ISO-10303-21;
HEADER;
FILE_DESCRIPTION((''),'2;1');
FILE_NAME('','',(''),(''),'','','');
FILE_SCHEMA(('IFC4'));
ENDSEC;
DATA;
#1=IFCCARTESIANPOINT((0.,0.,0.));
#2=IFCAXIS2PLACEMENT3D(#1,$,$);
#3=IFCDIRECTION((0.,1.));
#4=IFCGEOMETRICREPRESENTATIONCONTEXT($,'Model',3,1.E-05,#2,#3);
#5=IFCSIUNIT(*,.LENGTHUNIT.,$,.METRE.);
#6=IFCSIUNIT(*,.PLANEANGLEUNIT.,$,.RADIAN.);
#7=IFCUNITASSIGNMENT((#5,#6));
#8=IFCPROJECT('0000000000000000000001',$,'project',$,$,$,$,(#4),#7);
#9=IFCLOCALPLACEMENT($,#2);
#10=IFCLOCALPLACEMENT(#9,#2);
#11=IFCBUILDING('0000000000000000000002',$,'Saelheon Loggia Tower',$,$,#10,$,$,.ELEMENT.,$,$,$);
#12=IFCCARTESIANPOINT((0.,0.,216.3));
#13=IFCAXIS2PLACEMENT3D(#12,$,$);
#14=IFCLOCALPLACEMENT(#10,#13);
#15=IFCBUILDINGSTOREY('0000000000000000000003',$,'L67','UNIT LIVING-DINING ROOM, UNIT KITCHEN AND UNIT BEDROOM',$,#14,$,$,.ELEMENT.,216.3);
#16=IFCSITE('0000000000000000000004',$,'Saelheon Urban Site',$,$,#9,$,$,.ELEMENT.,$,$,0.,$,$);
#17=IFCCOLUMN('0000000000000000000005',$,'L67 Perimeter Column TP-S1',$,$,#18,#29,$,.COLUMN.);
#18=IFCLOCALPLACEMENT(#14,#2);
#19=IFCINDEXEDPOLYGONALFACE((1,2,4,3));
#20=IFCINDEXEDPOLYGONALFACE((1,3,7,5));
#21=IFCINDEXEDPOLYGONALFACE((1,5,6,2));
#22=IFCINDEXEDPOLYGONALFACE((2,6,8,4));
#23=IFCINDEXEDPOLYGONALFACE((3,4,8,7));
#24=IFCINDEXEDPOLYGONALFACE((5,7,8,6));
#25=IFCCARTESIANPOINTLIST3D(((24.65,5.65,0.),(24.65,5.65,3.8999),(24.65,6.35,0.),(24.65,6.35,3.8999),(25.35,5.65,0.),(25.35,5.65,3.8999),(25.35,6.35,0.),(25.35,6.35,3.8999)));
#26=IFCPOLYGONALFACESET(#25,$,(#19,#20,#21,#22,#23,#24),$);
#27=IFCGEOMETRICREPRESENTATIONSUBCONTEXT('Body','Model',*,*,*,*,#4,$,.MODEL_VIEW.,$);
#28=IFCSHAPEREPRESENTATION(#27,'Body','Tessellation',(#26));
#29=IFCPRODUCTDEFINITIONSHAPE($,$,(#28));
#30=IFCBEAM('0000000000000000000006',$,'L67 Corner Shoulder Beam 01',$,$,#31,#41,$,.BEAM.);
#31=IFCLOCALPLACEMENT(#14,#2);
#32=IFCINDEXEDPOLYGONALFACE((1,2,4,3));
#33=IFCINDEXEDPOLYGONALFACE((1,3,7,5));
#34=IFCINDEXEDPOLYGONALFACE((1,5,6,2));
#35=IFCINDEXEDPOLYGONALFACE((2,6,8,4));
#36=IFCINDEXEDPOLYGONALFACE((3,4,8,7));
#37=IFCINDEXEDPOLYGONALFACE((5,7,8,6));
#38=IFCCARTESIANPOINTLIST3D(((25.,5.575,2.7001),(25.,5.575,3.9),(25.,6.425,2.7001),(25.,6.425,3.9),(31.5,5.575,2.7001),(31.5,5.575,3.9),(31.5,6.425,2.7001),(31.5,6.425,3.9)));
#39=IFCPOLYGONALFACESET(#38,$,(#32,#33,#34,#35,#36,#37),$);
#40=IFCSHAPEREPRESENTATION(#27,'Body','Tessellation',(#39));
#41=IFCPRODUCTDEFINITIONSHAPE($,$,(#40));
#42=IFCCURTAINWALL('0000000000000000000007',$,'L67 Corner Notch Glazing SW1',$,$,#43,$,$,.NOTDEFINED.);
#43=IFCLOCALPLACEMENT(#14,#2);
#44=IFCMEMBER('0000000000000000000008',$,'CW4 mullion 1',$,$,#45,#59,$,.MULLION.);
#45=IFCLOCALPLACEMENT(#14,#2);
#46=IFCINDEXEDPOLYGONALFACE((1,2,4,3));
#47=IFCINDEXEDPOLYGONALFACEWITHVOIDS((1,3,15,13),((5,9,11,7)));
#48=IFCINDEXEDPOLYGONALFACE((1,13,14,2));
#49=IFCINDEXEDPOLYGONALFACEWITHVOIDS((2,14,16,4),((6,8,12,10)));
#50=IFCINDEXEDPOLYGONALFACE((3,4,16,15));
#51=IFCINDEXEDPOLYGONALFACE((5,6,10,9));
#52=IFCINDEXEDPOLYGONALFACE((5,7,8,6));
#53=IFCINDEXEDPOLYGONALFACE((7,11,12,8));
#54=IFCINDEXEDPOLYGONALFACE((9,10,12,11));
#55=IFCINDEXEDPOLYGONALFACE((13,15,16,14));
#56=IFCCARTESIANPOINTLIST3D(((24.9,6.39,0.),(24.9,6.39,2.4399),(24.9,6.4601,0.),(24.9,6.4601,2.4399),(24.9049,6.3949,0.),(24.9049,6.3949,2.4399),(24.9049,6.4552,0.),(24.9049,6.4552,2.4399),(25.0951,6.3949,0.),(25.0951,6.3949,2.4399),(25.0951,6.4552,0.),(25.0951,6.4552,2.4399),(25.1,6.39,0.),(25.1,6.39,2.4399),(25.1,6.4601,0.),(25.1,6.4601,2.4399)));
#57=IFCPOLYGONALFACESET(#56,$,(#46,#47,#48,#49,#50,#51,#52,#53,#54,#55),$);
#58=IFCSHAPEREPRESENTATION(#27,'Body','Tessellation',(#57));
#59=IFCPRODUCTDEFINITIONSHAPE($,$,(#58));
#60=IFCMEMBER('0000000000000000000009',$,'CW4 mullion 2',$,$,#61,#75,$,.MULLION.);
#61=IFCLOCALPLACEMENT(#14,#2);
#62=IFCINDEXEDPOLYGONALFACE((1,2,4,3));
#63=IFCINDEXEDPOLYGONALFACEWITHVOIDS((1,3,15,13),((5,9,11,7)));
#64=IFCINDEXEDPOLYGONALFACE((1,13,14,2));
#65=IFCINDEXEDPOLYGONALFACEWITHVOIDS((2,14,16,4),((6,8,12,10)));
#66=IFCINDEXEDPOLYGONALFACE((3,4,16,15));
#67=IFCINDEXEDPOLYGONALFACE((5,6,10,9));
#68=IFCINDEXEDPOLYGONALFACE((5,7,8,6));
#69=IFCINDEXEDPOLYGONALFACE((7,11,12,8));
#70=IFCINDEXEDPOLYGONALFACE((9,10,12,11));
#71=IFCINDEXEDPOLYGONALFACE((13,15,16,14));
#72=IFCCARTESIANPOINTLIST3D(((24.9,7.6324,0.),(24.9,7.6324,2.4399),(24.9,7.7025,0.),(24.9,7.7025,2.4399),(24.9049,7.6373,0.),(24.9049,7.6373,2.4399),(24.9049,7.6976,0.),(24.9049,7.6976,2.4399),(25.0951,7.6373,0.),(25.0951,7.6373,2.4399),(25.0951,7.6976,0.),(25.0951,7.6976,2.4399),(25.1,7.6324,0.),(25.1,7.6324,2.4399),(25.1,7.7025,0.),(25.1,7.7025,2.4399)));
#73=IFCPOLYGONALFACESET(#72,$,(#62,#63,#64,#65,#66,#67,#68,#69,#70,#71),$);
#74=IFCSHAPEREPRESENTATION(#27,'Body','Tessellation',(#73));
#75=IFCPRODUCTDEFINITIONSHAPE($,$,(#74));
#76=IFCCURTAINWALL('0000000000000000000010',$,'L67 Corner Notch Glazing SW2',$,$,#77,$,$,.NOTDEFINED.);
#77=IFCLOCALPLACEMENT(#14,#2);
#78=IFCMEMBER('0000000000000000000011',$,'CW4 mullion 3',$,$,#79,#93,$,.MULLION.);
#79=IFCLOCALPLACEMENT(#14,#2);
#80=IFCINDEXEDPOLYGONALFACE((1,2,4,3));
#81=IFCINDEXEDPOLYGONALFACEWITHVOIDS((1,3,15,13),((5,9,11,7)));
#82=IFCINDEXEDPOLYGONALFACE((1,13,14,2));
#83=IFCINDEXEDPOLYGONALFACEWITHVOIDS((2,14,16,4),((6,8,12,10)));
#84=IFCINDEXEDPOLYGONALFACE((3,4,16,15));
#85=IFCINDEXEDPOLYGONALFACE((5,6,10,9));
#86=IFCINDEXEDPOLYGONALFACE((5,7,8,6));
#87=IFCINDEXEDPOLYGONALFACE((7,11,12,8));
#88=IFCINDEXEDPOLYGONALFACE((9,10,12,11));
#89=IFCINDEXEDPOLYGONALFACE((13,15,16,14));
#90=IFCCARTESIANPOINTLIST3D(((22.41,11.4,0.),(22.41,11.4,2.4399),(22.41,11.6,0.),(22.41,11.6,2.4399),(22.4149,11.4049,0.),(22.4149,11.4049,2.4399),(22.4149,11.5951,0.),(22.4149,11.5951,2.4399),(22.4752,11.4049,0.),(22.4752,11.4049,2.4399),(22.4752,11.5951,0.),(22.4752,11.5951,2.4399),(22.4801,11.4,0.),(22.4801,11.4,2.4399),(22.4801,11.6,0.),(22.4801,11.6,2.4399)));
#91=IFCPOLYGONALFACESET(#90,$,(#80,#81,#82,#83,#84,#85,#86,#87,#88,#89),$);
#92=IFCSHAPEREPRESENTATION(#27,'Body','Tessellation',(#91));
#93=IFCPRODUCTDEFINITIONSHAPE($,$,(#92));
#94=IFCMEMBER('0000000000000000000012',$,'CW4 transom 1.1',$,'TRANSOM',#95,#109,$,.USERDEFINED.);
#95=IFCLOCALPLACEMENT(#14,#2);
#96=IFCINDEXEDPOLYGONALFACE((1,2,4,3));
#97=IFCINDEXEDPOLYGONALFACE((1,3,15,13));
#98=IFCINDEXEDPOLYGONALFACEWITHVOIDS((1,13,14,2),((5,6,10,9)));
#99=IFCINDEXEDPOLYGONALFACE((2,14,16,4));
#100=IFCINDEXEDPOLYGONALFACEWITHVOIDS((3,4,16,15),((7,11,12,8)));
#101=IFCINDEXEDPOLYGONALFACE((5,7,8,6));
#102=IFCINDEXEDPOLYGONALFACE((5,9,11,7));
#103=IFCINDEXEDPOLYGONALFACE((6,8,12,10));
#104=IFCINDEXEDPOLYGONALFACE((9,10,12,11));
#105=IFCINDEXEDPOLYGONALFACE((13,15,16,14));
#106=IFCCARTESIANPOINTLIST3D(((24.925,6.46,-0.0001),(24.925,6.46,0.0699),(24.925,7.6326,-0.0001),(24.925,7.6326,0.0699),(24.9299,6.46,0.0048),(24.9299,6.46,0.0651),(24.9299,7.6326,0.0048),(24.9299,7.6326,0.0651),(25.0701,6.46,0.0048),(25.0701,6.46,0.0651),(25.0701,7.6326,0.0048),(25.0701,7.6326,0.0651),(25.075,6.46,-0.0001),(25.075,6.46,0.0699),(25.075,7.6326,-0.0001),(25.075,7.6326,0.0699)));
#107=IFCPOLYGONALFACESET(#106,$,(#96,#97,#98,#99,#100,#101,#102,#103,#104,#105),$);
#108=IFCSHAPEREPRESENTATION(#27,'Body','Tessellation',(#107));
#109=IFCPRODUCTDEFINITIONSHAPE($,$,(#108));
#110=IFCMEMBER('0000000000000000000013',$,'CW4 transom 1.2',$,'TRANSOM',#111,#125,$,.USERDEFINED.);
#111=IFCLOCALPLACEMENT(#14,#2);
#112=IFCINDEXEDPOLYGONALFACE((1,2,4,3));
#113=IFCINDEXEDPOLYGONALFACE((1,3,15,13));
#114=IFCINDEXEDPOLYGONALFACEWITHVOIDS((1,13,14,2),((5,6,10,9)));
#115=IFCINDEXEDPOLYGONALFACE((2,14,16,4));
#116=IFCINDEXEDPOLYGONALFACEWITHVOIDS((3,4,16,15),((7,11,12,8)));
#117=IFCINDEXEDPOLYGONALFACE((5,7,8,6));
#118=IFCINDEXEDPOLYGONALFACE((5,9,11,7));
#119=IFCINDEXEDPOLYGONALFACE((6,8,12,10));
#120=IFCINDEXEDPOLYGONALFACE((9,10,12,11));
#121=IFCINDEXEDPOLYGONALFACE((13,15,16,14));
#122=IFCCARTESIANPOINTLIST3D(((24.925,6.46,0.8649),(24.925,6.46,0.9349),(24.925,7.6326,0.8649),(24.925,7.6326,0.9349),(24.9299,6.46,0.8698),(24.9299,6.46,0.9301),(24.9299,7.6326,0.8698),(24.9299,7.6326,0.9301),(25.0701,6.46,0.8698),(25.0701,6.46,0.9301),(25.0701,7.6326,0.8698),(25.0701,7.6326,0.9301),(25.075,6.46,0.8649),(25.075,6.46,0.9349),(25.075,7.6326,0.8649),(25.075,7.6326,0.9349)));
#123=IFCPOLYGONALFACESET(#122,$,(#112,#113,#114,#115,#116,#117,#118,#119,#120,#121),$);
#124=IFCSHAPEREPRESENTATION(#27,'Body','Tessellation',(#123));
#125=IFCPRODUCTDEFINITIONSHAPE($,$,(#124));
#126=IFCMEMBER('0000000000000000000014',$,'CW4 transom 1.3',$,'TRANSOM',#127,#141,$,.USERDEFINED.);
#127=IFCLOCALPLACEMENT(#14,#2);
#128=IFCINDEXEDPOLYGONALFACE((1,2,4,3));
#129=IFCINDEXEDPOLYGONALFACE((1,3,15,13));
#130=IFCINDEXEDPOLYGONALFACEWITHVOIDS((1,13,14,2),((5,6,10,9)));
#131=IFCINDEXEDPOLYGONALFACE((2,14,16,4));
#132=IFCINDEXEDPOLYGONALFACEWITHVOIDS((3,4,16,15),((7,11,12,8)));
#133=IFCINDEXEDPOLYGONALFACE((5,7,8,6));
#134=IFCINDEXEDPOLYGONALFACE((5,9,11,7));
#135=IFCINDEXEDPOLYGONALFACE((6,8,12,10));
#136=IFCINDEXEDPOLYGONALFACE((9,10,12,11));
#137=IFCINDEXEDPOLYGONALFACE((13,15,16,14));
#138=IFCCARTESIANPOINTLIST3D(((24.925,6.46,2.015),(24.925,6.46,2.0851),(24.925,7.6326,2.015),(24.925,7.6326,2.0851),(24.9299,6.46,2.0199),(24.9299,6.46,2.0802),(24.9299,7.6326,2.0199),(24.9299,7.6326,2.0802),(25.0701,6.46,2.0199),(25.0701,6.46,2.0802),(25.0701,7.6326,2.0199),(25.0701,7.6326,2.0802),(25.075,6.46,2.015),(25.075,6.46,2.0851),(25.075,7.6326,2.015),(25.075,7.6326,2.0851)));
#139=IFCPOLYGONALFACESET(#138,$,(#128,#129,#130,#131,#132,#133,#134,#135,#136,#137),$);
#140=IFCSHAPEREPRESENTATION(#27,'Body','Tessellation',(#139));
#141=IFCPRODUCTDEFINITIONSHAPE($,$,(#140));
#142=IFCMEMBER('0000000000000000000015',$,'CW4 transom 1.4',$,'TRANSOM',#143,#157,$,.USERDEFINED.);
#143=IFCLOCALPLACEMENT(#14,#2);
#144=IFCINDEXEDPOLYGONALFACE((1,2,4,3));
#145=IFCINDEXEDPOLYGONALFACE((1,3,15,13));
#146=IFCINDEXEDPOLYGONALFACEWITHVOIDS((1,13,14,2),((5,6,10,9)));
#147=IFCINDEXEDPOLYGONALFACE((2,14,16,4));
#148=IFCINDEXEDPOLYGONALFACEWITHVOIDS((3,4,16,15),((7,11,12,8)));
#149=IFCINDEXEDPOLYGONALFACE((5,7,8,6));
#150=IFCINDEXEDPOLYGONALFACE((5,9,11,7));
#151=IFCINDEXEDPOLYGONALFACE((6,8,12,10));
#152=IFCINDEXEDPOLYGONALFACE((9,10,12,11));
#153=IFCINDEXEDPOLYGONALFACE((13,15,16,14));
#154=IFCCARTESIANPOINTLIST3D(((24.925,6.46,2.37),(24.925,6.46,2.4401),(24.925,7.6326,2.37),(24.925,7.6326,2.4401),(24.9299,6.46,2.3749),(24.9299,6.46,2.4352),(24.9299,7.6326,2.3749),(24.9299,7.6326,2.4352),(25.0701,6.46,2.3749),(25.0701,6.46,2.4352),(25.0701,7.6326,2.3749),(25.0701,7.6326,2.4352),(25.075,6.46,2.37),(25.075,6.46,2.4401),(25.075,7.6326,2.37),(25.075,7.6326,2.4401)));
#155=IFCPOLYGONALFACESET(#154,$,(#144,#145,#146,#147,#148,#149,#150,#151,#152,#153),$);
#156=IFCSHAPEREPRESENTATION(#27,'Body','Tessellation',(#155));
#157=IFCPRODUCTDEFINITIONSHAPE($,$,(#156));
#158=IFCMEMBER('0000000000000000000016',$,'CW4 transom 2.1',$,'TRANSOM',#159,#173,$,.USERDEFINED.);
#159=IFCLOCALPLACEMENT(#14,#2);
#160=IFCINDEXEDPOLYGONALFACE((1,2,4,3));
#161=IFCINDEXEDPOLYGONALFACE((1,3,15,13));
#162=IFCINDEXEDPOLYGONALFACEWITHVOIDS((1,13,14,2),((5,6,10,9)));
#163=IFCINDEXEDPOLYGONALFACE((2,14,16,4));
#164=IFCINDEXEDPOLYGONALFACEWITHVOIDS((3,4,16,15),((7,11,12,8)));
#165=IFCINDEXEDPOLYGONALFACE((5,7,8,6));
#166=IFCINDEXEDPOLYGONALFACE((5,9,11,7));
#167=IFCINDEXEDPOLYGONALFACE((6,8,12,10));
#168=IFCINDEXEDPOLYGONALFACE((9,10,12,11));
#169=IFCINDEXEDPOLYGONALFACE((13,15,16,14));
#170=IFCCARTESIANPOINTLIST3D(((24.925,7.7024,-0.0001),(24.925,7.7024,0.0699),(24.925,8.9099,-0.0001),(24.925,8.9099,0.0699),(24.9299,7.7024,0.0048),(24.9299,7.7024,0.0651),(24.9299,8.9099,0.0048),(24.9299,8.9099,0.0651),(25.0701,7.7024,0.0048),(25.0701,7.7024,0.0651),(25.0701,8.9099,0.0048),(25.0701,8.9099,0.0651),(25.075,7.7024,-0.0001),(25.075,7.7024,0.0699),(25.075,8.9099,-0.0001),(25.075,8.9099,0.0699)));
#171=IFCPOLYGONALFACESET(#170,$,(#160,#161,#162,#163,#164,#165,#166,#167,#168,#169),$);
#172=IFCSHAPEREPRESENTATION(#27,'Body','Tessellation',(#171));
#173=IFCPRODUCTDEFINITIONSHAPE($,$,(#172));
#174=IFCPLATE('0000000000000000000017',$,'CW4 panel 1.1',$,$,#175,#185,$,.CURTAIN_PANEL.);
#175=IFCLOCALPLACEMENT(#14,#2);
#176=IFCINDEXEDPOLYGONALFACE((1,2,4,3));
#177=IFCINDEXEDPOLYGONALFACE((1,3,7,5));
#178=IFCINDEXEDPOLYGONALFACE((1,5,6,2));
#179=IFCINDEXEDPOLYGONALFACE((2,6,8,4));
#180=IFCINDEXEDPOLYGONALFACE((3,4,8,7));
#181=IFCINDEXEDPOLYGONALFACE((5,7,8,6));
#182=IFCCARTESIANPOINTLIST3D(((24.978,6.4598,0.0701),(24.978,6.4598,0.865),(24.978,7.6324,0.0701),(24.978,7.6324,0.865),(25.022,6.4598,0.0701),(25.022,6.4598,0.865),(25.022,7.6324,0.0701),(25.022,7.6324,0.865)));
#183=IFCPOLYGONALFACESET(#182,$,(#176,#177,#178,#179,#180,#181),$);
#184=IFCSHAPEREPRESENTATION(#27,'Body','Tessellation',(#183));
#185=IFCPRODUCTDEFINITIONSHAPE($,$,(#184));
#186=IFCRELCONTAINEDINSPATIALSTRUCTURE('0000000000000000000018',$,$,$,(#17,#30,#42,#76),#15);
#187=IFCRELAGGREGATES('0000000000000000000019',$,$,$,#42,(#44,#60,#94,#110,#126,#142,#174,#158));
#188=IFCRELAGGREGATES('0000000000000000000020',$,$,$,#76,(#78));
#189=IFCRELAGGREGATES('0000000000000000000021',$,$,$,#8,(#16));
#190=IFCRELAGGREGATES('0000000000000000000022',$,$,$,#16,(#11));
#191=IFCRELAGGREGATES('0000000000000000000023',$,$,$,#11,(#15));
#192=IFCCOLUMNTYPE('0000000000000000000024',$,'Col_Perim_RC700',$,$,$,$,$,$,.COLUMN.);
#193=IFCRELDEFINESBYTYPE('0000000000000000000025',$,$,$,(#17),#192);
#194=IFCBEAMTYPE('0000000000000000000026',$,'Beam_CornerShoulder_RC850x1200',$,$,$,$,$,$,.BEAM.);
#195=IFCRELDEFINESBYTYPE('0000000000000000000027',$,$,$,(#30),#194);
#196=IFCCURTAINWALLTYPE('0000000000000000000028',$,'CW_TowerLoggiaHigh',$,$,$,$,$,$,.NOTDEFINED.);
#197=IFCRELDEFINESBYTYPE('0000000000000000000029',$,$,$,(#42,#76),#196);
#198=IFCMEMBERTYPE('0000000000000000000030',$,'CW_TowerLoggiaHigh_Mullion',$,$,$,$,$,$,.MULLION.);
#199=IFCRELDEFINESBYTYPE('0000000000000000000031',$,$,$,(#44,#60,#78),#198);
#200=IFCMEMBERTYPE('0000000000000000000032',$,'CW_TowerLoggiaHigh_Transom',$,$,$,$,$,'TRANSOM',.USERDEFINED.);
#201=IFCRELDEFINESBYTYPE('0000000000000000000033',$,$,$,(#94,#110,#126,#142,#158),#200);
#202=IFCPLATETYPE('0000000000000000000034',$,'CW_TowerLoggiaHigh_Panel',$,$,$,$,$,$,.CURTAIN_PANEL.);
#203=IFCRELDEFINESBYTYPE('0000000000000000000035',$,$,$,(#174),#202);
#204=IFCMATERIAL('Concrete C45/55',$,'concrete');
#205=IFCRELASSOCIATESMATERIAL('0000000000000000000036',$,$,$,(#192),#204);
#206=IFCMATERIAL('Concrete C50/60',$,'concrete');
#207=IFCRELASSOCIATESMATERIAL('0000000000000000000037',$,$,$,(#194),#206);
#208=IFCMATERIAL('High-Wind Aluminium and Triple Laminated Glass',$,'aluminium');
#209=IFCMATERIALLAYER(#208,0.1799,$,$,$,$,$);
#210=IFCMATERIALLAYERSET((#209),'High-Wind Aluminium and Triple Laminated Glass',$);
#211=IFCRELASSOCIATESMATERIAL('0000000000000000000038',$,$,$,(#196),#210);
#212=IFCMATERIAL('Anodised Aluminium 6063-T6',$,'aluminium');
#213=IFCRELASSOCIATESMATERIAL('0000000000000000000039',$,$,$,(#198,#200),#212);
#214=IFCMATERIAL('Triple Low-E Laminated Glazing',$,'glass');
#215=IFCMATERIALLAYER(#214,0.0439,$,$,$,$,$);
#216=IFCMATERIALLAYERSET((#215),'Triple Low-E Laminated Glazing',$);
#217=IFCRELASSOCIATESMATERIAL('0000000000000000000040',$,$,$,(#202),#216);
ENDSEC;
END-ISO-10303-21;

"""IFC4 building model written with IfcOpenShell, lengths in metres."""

from ifc_helpers import new_model, si_unit, direction, frame, origin, origin_2d, place, context, subcontext, project, spatial, rectangle, hollow_rectangle, extrude, source, transform, mapped, material, layer, layer_set, material_profile, profile_set, type_object, element, aggregate, save


model = new_model("IFC4")

# Units and contexts
model_context = context("Model", 3, precision=1e-05, world=origin(), true_north=direction((0.0, 1.0)))
body_context = subcontext(model_context, "Body", "Model", "MODEL_VIEW")
ifc_project = project(units=[si_unit("LENGTHUNIT", "METRE"), si_unit("PLANEANGLEUNIT", "RADIAN")], contexts=[model_context])

# Site, building, storey
site_placement = place(None, origin())
site = spatial("IfcSite", under=ifc_project, at=site_placement, Name="Saelheon Urban Site", CompositionType="ELEMENT", RefElevation=0.0)
building_placement = place(site_placement, origin())
building = spatial("IfcBuilding", under=site, at=building_placement, Name="Saelheon Loggia Tower", CompositionType="ELEMENT")
storey_placement = place(building_placement, frame((0.0, 0.0, 216.3)))
storey = spatial("IfcBuildingStorey", under=building, at=storey_placement, Name="L67", Description="UNIT LIVING-DINING ROOM, UNIT KITCHEN AND UNIT BEDROOM", CompositionType="ELEMENT", Elevation=216.3)

# Column
ifc_material_1 = material(Name="Concrete C45/55", Category="concrete")
ifc_material_profile_1 = material_profile(ifc_material_1, rectangle(XDim=0.7, YDim=0.7, at=origin_2d()), Name="RC-700x700")
ifc_profile_set_1 = profile_set([ifc_material_profile_1], Name="Concrete C45/55")
column_type = type_object("IfcColumnType", Name="Col_Perim_RC700", PredefinedType="COLUMN", material=ifc_profile_set_1)
shared_shape_1 = source(origin(), body_context, "Body", "SweptSolid", [
    extrude(rectangle(XDim=0.7, YDim=0.7, at=origin_2d()), origin(), (0.0, 0.0, 1.0), 3.8999),
])
column_placement = place(storey_placement, frame((25.0, 6.0, 0.0), z_axis=(0.0, 0.0, 1.0), x_axis=(1.0, 0.0, 0.0)))
element("IfcColumn", 1, at=column_placement, inside=storey, type_object=column_type, Name="L67 Perimeter Column TP-S1", PredefinedType="COLUMN", context=body_context, shape_type="MappedRepresentation", body=[
    mapped(shared_shape_1, transform((0.0, 0.0, 0.0), scale=1.0)),
])

# Beam
ifc_material_2 = material(Name="Concrete C50/60", Category="concrete")
ifc_material_profile_2 = material_profile(ifc_material_2, rectangle(XDim=0.8501, YDim=1.2, at=origin_2d()), Name="RC-850x1200")
ifc_profile_set_2 = profile_set([ifc_material_profile_2], Name="Concrete C50/60")
beam_type = type_object("IfcBeamType", Name="Beam_CornerShoulder_RC850x1200", PredefinedType="BEAM", material=ifc_profile_set_2)
shared_shape_2 = source(origin(), body_context, "Body", "SweptSolid", [
    extrude(rectangle(XDim=0.8501, YDim=1.2, at=origin_2d()), origin(), (0.0, 0.0, 1.0), 6.5),
])
beam_placement = place(storey_placement, frame((25.0, 6.0, 3.3), z_axis=(1.0, 0.0, 0.0), x_axis=(0.0, 1.0, 0.0)))
element("IfcBeam", 2, at=beam_placement, inside=storey, type_object=beam_type, Name="L67 Corner Shoulder Beam 01", PredefinedType="BEAM", context=body_context, shape_type="MappedRepresentation", body=[
    mapped(shared_shape_2, transform((0.0, 0.0, 0.0), scale=1.0)),
])

# Curtain wall, members
ifc_material_3 = material(Name="High-Wind Aluminium and Triple Laminated Glass", Category="aluminium")
ifc_layer_1 = layer(ifc_material_3, 0.1799)
ifc_layer_set_1 = layer_set([ifc_layer_1], Name="High-Wind Aluminium and Triple Laminated Glass")
curtain_wall_type = type_object("IfcCurtainWallType", Name="CW_TowerLoggiaHigh", PredefinedType="NOTDEFINED", material=ifc_layer_set_1)
curtain_wall_1_placement = place(storey_placement, origin())
curtain_wall_1 = element("IfcCurtainWall", 3, at=curtain_wall_1_placement, inside=storey, type_object=curtain_wall_type, Name="L67 Corner Notch Glazing SW1", PredefinedType="NOTDEFINED")
ifc_material_4 = material(Name="Anodised Aluminium 6063-T6", Category="aluminium")
ifc_material_profile_3 = material_profile(ifc_material_4, hollow_rectangle(XDim=0.0701, YDim=0.2, WallThickness=0.0049, at=origin_2d()), Name="RHS-200x70x5")
ifc_profile_set_3 = profile_set([ifc_material_profile_3], Name="Anodised Aluminium 6063-T6")
member_type_1 = type_object("IfcMemberType", Name="CW_TowerLoggiaHigh_Mullion", PredefinedType="MULLION", material=ifc_profile_set_3)
shared_shape_3 = source(origin(), body_context, "Body", "SweptSolid", [
    extrude(hollow_rectangle(XDim=0.0701, YDim=0.2, WallThickness=0.0049, at=origin_2d()), origin(), (0.0, 0.0, 1.0), 2.4399),
])
member_1_placement = place(storey_placement, frame((25.0, 6.425, 0.0), z_axis=(0.0, 0.0, 1.0), x_axis=(0.0, 1.0, 0.0)))
member_1 = element("IfcMember", 4, at=member_1_placement, type_object=member_type_1, Name="CW4 mullion 1", PredefinedType="MULLION", context=body_context, shape_type="MappedRepresentation", body=[
    mapped(shared_shape_3, transform((0.0, 0.0, 0.0), scale=1.0)),
])
member_2_placement = place(storey_placement, frame((25.0, 7.6675, 0.0), z_axis=(0.0, 0.0, 1.0), x_axis=(0.0, 1.0, 0.0)))
member_2 = element("IfcMember", 5, at=member_2_placement, type_object=member_type_1, Name="CW4 mullion 2", PredefinedType="MULLION", context=body_context, shape_type="MappedRepresentation", body=[
    mapped(shared_shape_3, transform((0.0, 0.0, 0.0), scale=1.0)),
])

# Curtain wall, member
curtain_wall_2_placement = place(storey_placement, origin())
curtain_wall_2 = element("IfcCurtainWall", 6, at=curtain_wall_2_placement, inside=storey, type_object=curtain_wall_type, Name="L67 Corner Notch Glazing SW2", PredefinedType="NOTDEFINED")
member_3_placement = place(storey_placement, frame((22.4451, 11.5, 0.0), z_axis=(0.0, 0.0, 1.0), x_axis=(1.0, 0.0, 0.0)))
member_3 = element("IfcMember", 7, at=member_3_placement, type_object=member_type_1, Name="CW4 mullion 3", PredefinedType="MULLION", context=body_context, shape_type="MappedRepresentation", body=[
    mapped(shared_shape_3, transform((0.0, 0.0, 0.0), scale=1.0)),
])

# Members
ifc_material_profile_4 = material_profile(ifc_material_4, hollow_rectangle(XDim=0.0701, YDim=0.1499, WallThickness=0.0049, at=origin_2d()), Name="RHS-150x70x5")
ifc_profile_set_4 = profile_set([ifc_material_profile_4], Name="Anodised Aluminium 6063-T6")
member_type_2 = type_object("IfcMemberType", Name="CW_TowerLoggiaHigh_Transom", ElementType="TRANSOM", PredefinedType="USERDEFINED", material=ifc_profile_set_4)
shared_shape_4 = source(origin(), body_context, "Body", "SweptSolid", [
    extrude(hollow_rectangle(XDim=0.0701, YDim=0.1499, WallThickness=0.0049, at=origin_2d()), origin(), (0.0, 0.0, 1.0), 1.1726),
])
member_4_placement = place(storey_placement, frame((25.0, 6.46, 0.0349), z_axis=(0.0, 1.0, 0.0), x_axis=(0.0, 0.0, 1.0)))
member_4 = element("IfcMember", 8, at=member_4_placement, type_object=member_type_2, Name="CW4 transom 1.1", ObjectType="TRANSOM", PredefinedType="USERDEFINED", context=body_context, shape_type="MappedRepresentation", body=[
    mapped(shared_shape_4, transform((0.0, 0.0, 0.0), scale=1.0)),
])
member_5_placement = place(storey_placement, frame((25.0, 6.46, 0.8999), z_axis=(0.0, 1.0, 0.0), x_axis=(0.0, 0.0, 1.0)))
member_5 = element("IfcMember", 9, at=member_5_placement, type_object=member_type_2, Name="CW4 transom 1.2", ObjectType="TRANSOM", PredefinedType="USERDEFINED", context=body_context, shape_type="MappedRepresentation", body=[
    mapped(shared_shape_4, transform((0.0, 0.0, 0.0), scale=1.0)),
])
member_6_placement = place(storey_placement, frame((25.0, 6.46, 2.05), z_axis=(0.0, 1.0, 0.0), x_axis=(0.0, 0.0, 1.0)))
member_6 = element("IfcMember", 10, at=member_6_placement, type_object=member_type_2, Name="CW4 transom 1.3", ObjectType="TRANSOM", PredefinedType="USERDEFINED", context=body_context, shape_type="MappedRepresentation", body=[
    mapped(shared_shape_4, transform((0.0, 0.0, 0.0), scale=1.0)),
])
member_7_placement = place(storey_placement, frame((25.0, 6.46, 2.405), z_axis=(0.0, 1.0, 0.0), x_axis=(0.0, 0.0, 1.0)))
member_7 = element("IfcMember", 11, at=member_7_placement, type_object=member_type_2, Name="CW4 transom 1.4", ObjectType="TRANSOM", PredefinedType="USERDEFINED", context=body_context, shape_type="MappedRepresentation", body=[
    mapped(shared_shape_4, transform((0.0, 0.0, 0.0), scale=1.0)),
])
shared_shape_5 = source(origin(), body_context, "Body", "SweptSolid", [
    extrude(hollow_rectangle(XDim=0.0701, YDim=0.1499, WallThickness=0.0049, at=origin_2d()), origin(), (0.0, 0.0, 1.0), 1.2075),
])
member_8_placement = place(storey_placement, frame((25.0, 7.7024, 0.0349), z_axis=(0.0, 1.0, 0.0), x_axis=(0.0, 0.0, 1.0)))
member_8 = element("IfcMember", 12, at=member_8_placement, type_object=member_type_2, Name="CW4 transom 2.1", ObjectType="TRANSOM", PredefinedType="USERDEFINED", context=body_context, shape_type="MappedRepresentation", body=[
    mapped(shared_shape_5, transform((0.0, 0.0, 0.0), scale=1.0)),
])

# Plate
ifc_material_5 = material(Name="Triple Low-E Laminated Glazing", Category="glass")
ifc_layer_2 = layer(ifc_material_5, 0.0439)
ifc_layer_set_2 = layer_set([ifc_layer_2], Name="Triple Low-E Laminated Glazing")
plate_type = type_object("IfcPlateType", Name="CW_TowerLoggiaHigh_Panel", PredefinedType="CURTAIN_PANEL", material=ifc_layer_set_2)
shared_shape_6 = source(origin(), body_context, "Body", "SweptSolid", [
    extrude(rectangle(XDim=1.1726, YDim=0.0439, at=origin_2d()), origin(), (0.0, 0.0, 1.0), 0.7949),
])
plate_1_placement = place(storey_placement, frame((25.0, 7.0461, 0.0701), z_axis=(0.0, 0.0, 1.0), x_axis=(0.0, 1.0, 0.0)))
plate_1 = element("IfcPlate", 13, at=plate_1_placement, type_object=plate_type, Name="CW4 panel 1.1", PredefinedType="CURTAIN_PANEL", context=body_context, shape_type="MappedRepresentation", body=[
    mapped(shared_shape_6, transform((0.0, 0.0, 0.0), scale=1.0)),
])
aggregate(curtain_wall_1, [member_1, member_2, member_4, member_5, member_6, member_7, plate_1, member_8])
aggregate(curtain_wall_2, [member_3])

save(model, "model.ifc")
